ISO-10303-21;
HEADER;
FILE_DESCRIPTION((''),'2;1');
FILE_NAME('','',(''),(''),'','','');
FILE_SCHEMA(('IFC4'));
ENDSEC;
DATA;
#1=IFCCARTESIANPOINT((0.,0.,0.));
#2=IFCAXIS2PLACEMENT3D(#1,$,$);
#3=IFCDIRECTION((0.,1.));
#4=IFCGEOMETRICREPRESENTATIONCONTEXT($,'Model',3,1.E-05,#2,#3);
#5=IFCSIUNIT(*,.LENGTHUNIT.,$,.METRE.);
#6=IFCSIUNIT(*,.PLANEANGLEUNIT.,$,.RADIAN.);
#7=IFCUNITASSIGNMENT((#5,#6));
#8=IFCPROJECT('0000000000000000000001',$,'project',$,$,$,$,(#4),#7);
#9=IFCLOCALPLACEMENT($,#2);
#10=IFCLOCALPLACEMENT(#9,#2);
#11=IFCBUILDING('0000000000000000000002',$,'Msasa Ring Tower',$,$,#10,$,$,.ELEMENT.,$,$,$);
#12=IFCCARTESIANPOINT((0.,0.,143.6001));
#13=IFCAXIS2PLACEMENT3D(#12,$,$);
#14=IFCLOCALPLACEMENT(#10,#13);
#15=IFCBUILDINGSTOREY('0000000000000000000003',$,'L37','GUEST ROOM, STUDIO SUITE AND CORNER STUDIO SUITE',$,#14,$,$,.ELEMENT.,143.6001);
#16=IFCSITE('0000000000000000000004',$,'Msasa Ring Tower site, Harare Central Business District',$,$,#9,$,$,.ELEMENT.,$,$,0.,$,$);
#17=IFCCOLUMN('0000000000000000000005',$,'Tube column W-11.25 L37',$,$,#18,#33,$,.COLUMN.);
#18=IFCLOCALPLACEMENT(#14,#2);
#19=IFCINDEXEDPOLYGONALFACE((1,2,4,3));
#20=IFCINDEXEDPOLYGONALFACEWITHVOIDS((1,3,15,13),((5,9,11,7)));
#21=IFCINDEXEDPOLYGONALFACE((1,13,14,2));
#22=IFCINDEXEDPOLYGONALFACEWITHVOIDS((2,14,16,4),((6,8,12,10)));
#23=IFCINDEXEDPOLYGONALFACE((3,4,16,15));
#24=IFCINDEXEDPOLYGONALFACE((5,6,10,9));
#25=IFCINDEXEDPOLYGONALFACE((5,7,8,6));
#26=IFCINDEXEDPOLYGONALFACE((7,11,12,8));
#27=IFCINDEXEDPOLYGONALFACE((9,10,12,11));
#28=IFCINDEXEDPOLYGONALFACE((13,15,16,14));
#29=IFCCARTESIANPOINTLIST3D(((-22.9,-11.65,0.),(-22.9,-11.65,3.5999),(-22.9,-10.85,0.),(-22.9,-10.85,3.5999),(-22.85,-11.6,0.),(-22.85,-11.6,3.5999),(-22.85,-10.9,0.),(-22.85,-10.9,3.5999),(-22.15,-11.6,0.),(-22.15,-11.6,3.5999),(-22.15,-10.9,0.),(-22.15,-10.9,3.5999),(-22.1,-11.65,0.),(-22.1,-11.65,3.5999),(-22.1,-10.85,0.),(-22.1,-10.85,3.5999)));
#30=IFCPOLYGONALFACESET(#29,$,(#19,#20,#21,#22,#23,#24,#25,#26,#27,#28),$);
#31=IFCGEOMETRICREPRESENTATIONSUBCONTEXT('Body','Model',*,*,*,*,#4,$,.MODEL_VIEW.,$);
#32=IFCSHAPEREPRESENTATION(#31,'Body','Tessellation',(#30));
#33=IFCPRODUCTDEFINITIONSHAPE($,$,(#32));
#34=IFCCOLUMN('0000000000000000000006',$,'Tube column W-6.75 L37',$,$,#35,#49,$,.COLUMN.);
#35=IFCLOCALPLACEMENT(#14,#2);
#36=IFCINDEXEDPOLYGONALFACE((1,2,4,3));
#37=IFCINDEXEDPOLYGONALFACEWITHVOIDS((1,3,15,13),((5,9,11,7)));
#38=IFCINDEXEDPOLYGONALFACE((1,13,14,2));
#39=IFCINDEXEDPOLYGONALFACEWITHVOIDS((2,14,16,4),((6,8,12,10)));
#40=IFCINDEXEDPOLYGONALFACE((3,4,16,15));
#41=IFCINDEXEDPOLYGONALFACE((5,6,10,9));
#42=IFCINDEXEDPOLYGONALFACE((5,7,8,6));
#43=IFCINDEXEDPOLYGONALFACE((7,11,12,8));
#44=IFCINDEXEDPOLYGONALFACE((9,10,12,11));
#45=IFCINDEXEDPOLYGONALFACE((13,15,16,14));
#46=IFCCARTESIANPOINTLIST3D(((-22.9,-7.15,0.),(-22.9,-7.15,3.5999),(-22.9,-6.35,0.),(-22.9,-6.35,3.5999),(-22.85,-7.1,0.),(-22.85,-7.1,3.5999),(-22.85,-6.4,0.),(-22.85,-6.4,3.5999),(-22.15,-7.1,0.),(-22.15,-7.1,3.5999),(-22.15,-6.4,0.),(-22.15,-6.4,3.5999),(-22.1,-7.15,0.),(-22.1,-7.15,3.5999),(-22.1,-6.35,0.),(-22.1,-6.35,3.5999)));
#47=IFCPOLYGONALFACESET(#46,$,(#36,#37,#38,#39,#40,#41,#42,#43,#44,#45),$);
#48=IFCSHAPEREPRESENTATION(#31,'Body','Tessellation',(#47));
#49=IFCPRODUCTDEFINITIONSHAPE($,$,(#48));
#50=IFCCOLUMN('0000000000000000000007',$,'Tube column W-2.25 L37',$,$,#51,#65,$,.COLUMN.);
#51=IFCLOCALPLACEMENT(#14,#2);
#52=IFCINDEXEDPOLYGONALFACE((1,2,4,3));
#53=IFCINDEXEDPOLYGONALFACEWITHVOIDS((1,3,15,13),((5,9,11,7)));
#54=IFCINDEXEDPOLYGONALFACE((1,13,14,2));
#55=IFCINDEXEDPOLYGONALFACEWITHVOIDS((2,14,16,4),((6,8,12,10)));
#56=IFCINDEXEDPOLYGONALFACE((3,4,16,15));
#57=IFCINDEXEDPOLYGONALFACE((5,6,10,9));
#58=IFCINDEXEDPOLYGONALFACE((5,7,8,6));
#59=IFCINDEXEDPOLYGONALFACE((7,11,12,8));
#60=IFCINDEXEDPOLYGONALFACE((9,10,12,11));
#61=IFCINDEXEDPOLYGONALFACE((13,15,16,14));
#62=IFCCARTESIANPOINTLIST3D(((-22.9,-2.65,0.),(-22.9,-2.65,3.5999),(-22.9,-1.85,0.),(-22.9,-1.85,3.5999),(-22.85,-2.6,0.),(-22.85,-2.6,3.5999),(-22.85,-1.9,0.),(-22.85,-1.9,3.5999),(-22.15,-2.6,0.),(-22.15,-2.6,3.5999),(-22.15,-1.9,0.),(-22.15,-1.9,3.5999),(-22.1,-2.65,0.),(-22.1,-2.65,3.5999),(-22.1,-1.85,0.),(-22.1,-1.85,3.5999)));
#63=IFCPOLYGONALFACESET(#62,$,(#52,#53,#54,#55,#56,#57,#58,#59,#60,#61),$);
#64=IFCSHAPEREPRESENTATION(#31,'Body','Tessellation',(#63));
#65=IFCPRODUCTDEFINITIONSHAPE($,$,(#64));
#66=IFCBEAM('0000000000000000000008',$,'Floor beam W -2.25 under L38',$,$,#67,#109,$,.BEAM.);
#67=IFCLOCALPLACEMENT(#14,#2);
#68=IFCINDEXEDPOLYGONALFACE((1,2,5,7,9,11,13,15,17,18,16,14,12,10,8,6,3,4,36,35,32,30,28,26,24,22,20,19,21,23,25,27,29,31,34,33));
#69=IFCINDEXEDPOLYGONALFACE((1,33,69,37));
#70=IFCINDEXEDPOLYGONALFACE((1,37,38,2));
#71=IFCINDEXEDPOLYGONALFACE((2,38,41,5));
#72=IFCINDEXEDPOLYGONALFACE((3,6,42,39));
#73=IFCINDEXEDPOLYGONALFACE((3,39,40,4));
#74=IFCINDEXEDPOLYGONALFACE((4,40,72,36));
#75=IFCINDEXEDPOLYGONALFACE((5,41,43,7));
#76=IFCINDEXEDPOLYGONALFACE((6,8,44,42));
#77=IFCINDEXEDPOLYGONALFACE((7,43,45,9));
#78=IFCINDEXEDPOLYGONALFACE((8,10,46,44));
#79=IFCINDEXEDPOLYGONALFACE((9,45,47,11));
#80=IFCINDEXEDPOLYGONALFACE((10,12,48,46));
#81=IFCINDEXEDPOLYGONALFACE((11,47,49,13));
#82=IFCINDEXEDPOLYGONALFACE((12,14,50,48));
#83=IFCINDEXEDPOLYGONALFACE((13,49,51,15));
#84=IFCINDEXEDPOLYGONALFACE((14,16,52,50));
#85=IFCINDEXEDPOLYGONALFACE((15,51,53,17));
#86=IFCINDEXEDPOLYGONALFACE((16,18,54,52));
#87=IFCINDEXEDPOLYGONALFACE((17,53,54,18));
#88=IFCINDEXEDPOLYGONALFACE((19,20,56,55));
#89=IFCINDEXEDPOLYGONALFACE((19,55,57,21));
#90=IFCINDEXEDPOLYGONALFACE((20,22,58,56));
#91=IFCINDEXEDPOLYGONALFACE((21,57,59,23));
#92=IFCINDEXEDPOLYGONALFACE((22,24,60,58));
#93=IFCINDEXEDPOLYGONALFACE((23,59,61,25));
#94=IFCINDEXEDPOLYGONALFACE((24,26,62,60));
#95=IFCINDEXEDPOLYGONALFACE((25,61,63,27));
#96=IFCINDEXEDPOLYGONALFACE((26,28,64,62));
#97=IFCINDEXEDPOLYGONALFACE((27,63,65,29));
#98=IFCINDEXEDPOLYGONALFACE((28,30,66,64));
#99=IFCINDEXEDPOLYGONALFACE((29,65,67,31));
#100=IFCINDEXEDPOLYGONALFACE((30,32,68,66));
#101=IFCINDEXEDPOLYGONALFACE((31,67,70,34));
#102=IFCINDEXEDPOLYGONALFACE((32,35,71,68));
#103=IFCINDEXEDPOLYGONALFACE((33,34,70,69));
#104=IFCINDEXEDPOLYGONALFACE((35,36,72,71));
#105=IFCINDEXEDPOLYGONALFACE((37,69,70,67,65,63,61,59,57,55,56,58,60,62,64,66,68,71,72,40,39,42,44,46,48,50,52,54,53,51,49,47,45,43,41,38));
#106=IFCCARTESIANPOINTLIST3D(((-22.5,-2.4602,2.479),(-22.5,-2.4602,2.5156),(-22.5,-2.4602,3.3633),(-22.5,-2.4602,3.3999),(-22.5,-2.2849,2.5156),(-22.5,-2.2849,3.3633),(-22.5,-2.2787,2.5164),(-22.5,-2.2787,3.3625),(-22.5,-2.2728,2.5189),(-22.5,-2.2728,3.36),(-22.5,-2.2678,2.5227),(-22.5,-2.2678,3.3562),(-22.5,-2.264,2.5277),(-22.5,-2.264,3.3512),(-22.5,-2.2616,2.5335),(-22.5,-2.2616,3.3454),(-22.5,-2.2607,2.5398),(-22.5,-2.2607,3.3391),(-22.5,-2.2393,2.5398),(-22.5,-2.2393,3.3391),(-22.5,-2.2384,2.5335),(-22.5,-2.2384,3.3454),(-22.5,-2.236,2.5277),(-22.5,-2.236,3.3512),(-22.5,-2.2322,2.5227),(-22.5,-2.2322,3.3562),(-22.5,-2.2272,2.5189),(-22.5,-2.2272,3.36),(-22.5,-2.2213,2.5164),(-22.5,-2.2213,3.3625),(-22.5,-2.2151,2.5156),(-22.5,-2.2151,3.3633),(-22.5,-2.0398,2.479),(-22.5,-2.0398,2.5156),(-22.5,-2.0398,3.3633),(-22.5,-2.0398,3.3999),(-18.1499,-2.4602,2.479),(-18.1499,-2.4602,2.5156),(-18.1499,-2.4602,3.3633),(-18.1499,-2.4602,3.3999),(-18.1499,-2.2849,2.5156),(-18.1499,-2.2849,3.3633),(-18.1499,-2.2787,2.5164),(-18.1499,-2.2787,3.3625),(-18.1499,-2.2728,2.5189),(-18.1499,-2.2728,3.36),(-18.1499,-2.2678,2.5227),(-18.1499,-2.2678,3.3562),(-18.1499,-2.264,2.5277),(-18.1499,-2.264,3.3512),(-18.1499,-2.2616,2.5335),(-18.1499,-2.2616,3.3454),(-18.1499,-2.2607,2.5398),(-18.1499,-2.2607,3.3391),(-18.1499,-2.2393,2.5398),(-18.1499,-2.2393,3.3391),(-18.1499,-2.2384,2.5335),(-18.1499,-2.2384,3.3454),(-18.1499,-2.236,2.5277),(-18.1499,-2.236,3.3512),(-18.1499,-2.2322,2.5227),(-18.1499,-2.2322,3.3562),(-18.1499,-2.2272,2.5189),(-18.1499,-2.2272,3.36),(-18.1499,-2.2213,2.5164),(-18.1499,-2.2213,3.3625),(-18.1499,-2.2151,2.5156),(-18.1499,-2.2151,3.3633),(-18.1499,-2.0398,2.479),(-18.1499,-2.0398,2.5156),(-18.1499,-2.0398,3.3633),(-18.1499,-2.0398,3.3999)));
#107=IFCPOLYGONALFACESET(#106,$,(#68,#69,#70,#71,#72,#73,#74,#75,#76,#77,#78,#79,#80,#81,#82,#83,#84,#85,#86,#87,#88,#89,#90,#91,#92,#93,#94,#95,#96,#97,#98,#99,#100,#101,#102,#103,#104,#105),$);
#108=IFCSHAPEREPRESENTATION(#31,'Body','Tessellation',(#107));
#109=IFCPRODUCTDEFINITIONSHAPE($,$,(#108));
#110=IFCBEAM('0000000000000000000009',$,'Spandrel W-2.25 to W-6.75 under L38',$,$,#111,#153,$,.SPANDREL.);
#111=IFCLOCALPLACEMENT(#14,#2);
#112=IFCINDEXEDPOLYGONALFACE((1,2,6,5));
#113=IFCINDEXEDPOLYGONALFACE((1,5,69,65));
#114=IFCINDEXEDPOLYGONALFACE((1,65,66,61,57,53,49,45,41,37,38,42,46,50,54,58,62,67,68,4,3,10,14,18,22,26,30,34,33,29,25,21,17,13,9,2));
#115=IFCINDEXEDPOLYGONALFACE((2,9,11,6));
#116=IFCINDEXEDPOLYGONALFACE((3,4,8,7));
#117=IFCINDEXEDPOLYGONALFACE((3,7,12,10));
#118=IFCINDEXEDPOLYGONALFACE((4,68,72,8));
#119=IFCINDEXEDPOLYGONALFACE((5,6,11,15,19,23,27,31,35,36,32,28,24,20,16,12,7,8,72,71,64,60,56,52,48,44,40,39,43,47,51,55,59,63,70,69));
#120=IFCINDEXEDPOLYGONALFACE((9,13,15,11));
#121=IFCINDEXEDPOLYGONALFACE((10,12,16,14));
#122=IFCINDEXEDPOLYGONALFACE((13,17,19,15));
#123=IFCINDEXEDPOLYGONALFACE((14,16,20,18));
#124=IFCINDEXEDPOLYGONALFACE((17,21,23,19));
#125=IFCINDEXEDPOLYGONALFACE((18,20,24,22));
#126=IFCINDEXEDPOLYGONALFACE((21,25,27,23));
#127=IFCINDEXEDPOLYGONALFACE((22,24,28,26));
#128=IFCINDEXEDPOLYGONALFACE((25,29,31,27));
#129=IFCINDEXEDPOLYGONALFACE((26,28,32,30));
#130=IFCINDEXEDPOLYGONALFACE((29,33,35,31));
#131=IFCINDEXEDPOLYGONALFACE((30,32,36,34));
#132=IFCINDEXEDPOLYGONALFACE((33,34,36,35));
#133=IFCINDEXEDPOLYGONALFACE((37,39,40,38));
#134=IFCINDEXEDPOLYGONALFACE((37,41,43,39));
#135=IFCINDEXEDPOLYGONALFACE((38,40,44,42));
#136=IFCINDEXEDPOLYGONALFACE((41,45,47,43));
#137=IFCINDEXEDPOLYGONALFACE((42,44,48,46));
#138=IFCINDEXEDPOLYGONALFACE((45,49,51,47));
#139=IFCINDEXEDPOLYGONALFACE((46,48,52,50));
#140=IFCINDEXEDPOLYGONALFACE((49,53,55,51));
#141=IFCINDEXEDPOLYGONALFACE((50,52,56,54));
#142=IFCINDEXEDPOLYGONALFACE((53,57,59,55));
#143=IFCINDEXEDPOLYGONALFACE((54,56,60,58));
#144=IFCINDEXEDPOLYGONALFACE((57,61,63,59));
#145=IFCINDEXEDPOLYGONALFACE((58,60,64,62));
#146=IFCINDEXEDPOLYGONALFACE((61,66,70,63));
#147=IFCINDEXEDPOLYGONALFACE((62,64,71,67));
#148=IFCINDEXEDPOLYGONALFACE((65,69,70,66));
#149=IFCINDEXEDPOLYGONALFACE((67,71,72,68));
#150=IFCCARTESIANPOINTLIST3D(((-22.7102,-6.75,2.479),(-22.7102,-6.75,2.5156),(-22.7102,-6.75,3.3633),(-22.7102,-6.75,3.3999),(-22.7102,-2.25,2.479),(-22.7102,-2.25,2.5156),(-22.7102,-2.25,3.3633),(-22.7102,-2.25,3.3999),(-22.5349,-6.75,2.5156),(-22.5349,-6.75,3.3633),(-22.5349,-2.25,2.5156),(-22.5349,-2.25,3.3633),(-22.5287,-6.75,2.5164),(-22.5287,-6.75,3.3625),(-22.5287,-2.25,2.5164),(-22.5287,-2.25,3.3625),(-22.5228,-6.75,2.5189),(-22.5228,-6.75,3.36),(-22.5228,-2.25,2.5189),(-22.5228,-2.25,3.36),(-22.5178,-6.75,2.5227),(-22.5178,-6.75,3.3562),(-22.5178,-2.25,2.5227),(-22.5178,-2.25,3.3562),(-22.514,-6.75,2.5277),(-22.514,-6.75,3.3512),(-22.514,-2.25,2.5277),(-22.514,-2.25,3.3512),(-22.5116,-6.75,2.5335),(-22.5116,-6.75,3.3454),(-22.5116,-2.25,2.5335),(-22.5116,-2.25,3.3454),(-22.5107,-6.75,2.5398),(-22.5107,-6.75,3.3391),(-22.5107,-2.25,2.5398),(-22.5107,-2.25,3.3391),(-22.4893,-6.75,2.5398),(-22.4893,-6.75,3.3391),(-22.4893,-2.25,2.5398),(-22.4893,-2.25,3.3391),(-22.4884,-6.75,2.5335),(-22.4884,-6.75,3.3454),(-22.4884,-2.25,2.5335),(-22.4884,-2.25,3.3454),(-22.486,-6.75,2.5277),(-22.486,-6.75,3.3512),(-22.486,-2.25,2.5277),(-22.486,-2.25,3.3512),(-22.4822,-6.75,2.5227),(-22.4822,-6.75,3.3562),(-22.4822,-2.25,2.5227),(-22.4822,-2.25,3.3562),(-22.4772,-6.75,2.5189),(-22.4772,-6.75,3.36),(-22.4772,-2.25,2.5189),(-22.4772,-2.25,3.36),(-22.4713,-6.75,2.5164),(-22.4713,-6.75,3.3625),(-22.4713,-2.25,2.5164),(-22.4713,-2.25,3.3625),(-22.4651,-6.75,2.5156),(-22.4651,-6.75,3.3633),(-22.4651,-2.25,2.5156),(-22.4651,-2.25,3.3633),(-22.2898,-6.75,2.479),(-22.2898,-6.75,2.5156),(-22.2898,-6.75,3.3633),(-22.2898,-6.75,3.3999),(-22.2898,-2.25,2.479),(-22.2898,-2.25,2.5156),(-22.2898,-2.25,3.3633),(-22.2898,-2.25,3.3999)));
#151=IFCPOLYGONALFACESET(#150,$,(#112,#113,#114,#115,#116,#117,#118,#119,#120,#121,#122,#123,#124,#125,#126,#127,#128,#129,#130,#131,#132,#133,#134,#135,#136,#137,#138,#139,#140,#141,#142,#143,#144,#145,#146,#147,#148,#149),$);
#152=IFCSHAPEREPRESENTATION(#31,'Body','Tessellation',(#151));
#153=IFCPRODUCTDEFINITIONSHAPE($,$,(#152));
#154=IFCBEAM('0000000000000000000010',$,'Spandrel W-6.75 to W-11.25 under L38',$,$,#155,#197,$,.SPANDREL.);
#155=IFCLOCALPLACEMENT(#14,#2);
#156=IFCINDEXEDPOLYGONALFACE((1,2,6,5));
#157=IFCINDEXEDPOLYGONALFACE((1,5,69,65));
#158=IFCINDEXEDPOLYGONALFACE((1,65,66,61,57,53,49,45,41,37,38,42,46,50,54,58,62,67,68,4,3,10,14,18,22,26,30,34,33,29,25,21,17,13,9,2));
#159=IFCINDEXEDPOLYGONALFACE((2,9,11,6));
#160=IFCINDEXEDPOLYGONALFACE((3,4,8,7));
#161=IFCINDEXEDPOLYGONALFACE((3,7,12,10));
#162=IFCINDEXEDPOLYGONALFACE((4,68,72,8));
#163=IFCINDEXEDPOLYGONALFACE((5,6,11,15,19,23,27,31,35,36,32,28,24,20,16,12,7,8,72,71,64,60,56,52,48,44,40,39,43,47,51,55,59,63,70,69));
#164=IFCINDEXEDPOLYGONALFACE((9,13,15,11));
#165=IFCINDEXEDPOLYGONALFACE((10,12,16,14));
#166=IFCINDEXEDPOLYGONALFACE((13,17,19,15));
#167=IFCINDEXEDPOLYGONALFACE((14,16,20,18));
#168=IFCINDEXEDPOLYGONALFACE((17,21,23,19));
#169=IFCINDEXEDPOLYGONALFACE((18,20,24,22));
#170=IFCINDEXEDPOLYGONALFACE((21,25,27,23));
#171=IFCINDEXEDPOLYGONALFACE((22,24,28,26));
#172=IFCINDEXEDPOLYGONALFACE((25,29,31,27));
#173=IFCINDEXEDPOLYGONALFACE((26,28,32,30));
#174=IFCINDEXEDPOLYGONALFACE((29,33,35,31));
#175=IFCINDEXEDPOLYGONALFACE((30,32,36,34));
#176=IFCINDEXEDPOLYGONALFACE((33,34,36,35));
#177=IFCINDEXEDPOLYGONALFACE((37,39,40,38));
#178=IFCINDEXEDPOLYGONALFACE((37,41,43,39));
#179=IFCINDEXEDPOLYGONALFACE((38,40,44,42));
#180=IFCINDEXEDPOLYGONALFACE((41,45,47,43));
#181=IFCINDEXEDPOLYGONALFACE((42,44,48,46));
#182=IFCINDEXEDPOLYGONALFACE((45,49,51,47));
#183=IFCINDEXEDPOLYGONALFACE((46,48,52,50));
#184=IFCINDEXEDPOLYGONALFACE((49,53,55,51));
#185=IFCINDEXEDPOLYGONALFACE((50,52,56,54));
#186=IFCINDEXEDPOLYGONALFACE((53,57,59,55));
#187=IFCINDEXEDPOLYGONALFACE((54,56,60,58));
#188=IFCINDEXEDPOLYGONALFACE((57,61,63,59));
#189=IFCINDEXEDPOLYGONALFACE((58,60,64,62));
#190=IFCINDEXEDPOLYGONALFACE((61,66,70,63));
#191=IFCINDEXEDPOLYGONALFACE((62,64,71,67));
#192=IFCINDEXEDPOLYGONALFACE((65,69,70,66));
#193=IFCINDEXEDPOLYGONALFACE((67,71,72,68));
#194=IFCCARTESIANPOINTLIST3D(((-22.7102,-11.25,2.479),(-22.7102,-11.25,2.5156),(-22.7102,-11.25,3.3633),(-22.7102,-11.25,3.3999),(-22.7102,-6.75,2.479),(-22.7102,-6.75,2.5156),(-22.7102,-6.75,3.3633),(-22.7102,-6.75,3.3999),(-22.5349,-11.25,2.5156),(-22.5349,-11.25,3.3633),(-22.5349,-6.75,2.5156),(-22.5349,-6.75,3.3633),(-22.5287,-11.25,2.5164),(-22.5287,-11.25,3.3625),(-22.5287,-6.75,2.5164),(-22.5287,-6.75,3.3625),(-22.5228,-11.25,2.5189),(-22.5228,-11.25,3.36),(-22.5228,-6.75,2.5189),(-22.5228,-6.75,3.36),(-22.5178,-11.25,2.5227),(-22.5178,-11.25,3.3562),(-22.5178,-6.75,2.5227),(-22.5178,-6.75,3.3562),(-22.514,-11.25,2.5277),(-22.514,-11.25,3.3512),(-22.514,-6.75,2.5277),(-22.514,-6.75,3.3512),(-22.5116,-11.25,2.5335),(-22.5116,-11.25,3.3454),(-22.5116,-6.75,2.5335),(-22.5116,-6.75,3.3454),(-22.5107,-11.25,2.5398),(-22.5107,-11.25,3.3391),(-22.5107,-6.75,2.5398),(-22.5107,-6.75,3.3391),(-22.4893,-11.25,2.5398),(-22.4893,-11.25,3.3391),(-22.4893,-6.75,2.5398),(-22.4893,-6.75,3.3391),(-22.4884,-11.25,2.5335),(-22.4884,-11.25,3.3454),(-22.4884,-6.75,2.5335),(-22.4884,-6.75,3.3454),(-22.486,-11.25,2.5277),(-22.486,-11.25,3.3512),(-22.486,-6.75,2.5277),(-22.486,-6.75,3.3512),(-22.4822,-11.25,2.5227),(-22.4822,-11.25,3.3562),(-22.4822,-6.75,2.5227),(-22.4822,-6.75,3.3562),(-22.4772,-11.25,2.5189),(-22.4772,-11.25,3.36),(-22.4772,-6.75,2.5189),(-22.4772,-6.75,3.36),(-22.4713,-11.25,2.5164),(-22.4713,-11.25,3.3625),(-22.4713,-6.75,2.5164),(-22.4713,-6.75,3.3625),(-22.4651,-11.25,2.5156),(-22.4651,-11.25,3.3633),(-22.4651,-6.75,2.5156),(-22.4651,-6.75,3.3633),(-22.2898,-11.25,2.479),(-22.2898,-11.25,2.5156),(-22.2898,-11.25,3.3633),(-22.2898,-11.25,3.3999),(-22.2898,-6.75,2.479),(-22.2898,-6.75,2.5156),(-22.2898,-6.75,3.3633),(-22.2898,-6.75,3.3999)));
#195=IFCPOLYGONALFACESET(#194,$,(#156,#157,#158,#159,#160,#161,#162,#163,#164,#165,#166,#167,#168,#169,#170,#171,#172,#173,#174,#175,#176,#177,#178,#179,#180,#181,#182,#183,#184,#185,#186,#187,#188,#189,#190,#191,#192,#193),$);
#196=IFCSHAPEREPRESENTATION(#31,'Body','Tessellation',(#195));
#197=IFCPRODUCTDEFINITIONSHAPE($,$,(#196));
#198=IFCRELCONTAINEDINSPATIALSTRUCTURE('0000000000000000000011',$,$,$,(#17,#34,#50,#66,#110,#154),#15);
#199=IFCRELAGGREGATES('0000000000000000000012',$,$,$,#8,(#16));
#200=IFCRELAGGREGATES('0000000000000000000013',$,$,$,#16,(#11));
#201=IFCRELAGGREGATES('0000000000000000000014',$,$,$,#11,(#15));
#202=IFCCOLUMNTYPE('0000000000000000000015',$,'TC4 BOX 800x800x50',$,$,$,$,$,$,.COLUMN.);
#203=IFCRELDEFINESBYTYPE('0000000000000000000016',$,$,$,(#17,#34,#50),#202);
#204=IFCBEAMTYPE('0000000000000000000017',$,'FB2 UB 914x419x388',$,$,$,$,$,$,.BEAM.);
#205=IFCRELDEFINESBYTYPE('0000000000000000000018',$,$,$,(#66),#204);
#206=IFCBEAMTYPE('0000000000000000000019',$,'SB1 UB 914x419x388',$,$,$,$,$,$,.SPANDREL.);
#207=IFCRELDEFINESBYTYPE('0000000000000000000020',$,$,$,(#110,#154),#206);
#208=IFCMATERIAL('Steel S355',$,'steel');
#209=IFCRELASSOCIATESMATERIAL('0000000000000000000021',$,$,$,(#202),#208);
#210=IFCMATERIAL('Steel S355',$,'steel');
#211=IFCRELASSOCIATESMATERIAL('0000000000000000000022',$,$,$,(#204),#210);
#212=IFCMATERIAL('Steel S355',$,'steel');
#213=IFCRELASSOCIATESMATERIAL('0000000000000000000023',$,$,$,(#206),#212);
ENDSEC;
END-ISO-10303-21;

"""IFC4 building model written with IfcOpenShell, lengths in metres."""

from ifc_helpers import new_model, si_unit, direction, frame, origin, origin_2d, place, context, subcontext, project, spatial, hollow_rectangle, i_section, extrude, material, material_profile, profile_set, type_object, element, save


model = new_model("IFC4")

# Units and contexts
model_context = context("Model", 3, precision=1e-05, world=origin(), true_north=direction((0.0, 1.0)))
body_context = subcontext(model_context, "Body", "Model", "MODEL_VIEW")
ifc_project = project(units=[si_unit("LENGTHUNIT", "METRE"), si_unit("PLANEANGLEUNIT", "RADIAN")], contexts=[model_context])

# Site, building, storey
site_placement = place(None, origin())
site = spatial("IfcSite", under=ifc_project, at=site_placement, Name="Msasa Ring Tower site, Harare Central Business District", CompositionType="ELEMENT", RefElevation=0.0)
building_placement = place(site_placement, origin())
building = spatial("IfcBuilding", under=site, at=building_placement, Name="Msasa Ring Tower", CompositionType="ELEMENT")
storey_placement = place(building_placement, frame((0.0, 0.0, 143.6001)))
storey = spatial("IfcBuildingStorey", under=building, at=storey_placement, Name="L37", Description="GUEST ROOM, STUDIO SUITE AND CORNER STUDIO SUITE", CompositionType="ELEMENT", Elevation=143.6001)

# Columns
ifc_material_1 = material(Name="Steel S355", Category="steel")
ifc_material_profile_1 = material_profile(ifc_material_1, hollow_rectangle(XDim=0.8, YDim=0.8, WallThickness=0.05, at=origin_2d()), Name="BOX 800x800x50")
ifc_profile_set_1 = profile_set([ifc_material_profile_1], Name="Steel S355")
column_type = type_object("IfcColumnType", Name="TC4 BOX 800x800x50", PredefinedType="COLUMN", material=ifc_profile_set_1)
for number, where, z_axis, x_axis, name in (
    (1, (-22.5, -11.25, 0.0), (0.0, 0.0, 1.0), (1.0, 0.0, 0.0), "Tube column W-11.25 L37"),
    (2, (-22.5, -6.75, 0.0), (0.0, 0.0, 1.0), (1.0, 0.0, 0.0), "Tube column W-6.75 L37"),
    (3, (-22.5, -2.25, 0.0), (0.0, 0.0, 1.0), (1.0, 0.0, 0.0), "Tube column W-2.25 L37"),
):
    element("IfcColumn", number, at=place(storey_placement, frame(where, z_axis=z_axis, x_axis=x_axis)), inside=storey, type_object=column_type, Name=name, PredefinedType="COLUMN", context=body_context, shape_type="SweptSolid", body=[
        extrude(hollow_rectangle(XDim=0.8, YDim=0.8, WallThickness=0.05, at=origin_2d()), origin(), (0.0, 0.0, 1.0), 3.5999),
    ])

# Beams
ifc_material_2 = material(Name="Steel S355", Category="steel")
ifc_material_profile_2 = material_profile(ifc_material_2, i_section(OverallWidth=0.4204, OverallDepth=0.9209, WebThickness=0.0215, FlangeThickness=0.0366, FilletRadius=0.0242, at=origin_2d()), Name="UB 914x419x388")
ifc_profile_set_2 = profile_set([ifc_material_profile_2], Name="Steel S355")
beam_type_1 = type_object("IfcBeamType", Name="FB2 UB 914x419x388", PredefinedType="BEAM", material=ifc_profile_set_2)
beam_placement = place(storey_placement, frame((-22.5, -2.25, 2.9395), z_axis=(1.0, 0.0, 0.0), x_axis=(0.0, 1.0, 0.0)))
element("IfcBeam", 4, at=beam_placement, inside=storey, type_object=beam_type_1, Name="Floor beam W -2.25 under L38", PredefinedType="BEAM", context=body_context, shape_type="SweptSolid", body=[
    extrude(i_section(OverallWidth=0.4204, OverallDepth=0.9209, WebThickness=0.0215, FlangeThickness=0.0366, FilletRadius=0.0242, at=origin_2d()), origin(), (0.0, 0.0, 1.0), 4.3501),
])
ifc_material_3 = material(Name="Steel S355", Category="steel")
ifc_material_profile_3 = material_profile(ifc_material_3, i_section(OverallWidth=0.4204, OverallDepth=0.9209, WebThickness=0.0215, FlangeThickness=0.0366, FilletRadius=0.0242, at=origin_2d()), Name="UB 914x419x388")
ifc_profile_set_3 = profile_set([ifc_material_profile_3], Name="Steel S355")
beam_type_2 = type_object("IfcBeamType", Name="SB1 UB 914x419x388", PredefinedType="SPANDREL", material=ifc_profile_set_3)
for number, where, z_axis, x_axis, name in (
    (5, (-22.5, -2.25, 2.9395), (0.0, -1.0, 0.0), (1.0, 0.0, 0.0), "Spandrel W-2.25 to W-6.75 under L38"),
    (6, (-22.5, -6.75, 2.9395), (0.0, -1.0, 0.0), (1.0, 0.0, 0.0), "Spandrel W-6.75 to W-11.25 under L38"),
):
    element("IfcBeam", number, at=place(storey_placement, frame(where, z_axis=z_axis, x_axis=x_axis)), inside=storey, type_object=beam_type_2, Name=name, PredefinedType="SPANDREL", context=body_context, shape_type="SweptSolid", body=[
        extrude(i_section(OverallWidth=0.4204, OverallDepth=0.9209, WebThickness=0.0215, FlangeThickness=0.0366, FilletRadius=0.0242, at=origin_2d()), origin(), (0.0, 0.0, 1.0), 4.5),
    ])

save(model, "model.ifc")
